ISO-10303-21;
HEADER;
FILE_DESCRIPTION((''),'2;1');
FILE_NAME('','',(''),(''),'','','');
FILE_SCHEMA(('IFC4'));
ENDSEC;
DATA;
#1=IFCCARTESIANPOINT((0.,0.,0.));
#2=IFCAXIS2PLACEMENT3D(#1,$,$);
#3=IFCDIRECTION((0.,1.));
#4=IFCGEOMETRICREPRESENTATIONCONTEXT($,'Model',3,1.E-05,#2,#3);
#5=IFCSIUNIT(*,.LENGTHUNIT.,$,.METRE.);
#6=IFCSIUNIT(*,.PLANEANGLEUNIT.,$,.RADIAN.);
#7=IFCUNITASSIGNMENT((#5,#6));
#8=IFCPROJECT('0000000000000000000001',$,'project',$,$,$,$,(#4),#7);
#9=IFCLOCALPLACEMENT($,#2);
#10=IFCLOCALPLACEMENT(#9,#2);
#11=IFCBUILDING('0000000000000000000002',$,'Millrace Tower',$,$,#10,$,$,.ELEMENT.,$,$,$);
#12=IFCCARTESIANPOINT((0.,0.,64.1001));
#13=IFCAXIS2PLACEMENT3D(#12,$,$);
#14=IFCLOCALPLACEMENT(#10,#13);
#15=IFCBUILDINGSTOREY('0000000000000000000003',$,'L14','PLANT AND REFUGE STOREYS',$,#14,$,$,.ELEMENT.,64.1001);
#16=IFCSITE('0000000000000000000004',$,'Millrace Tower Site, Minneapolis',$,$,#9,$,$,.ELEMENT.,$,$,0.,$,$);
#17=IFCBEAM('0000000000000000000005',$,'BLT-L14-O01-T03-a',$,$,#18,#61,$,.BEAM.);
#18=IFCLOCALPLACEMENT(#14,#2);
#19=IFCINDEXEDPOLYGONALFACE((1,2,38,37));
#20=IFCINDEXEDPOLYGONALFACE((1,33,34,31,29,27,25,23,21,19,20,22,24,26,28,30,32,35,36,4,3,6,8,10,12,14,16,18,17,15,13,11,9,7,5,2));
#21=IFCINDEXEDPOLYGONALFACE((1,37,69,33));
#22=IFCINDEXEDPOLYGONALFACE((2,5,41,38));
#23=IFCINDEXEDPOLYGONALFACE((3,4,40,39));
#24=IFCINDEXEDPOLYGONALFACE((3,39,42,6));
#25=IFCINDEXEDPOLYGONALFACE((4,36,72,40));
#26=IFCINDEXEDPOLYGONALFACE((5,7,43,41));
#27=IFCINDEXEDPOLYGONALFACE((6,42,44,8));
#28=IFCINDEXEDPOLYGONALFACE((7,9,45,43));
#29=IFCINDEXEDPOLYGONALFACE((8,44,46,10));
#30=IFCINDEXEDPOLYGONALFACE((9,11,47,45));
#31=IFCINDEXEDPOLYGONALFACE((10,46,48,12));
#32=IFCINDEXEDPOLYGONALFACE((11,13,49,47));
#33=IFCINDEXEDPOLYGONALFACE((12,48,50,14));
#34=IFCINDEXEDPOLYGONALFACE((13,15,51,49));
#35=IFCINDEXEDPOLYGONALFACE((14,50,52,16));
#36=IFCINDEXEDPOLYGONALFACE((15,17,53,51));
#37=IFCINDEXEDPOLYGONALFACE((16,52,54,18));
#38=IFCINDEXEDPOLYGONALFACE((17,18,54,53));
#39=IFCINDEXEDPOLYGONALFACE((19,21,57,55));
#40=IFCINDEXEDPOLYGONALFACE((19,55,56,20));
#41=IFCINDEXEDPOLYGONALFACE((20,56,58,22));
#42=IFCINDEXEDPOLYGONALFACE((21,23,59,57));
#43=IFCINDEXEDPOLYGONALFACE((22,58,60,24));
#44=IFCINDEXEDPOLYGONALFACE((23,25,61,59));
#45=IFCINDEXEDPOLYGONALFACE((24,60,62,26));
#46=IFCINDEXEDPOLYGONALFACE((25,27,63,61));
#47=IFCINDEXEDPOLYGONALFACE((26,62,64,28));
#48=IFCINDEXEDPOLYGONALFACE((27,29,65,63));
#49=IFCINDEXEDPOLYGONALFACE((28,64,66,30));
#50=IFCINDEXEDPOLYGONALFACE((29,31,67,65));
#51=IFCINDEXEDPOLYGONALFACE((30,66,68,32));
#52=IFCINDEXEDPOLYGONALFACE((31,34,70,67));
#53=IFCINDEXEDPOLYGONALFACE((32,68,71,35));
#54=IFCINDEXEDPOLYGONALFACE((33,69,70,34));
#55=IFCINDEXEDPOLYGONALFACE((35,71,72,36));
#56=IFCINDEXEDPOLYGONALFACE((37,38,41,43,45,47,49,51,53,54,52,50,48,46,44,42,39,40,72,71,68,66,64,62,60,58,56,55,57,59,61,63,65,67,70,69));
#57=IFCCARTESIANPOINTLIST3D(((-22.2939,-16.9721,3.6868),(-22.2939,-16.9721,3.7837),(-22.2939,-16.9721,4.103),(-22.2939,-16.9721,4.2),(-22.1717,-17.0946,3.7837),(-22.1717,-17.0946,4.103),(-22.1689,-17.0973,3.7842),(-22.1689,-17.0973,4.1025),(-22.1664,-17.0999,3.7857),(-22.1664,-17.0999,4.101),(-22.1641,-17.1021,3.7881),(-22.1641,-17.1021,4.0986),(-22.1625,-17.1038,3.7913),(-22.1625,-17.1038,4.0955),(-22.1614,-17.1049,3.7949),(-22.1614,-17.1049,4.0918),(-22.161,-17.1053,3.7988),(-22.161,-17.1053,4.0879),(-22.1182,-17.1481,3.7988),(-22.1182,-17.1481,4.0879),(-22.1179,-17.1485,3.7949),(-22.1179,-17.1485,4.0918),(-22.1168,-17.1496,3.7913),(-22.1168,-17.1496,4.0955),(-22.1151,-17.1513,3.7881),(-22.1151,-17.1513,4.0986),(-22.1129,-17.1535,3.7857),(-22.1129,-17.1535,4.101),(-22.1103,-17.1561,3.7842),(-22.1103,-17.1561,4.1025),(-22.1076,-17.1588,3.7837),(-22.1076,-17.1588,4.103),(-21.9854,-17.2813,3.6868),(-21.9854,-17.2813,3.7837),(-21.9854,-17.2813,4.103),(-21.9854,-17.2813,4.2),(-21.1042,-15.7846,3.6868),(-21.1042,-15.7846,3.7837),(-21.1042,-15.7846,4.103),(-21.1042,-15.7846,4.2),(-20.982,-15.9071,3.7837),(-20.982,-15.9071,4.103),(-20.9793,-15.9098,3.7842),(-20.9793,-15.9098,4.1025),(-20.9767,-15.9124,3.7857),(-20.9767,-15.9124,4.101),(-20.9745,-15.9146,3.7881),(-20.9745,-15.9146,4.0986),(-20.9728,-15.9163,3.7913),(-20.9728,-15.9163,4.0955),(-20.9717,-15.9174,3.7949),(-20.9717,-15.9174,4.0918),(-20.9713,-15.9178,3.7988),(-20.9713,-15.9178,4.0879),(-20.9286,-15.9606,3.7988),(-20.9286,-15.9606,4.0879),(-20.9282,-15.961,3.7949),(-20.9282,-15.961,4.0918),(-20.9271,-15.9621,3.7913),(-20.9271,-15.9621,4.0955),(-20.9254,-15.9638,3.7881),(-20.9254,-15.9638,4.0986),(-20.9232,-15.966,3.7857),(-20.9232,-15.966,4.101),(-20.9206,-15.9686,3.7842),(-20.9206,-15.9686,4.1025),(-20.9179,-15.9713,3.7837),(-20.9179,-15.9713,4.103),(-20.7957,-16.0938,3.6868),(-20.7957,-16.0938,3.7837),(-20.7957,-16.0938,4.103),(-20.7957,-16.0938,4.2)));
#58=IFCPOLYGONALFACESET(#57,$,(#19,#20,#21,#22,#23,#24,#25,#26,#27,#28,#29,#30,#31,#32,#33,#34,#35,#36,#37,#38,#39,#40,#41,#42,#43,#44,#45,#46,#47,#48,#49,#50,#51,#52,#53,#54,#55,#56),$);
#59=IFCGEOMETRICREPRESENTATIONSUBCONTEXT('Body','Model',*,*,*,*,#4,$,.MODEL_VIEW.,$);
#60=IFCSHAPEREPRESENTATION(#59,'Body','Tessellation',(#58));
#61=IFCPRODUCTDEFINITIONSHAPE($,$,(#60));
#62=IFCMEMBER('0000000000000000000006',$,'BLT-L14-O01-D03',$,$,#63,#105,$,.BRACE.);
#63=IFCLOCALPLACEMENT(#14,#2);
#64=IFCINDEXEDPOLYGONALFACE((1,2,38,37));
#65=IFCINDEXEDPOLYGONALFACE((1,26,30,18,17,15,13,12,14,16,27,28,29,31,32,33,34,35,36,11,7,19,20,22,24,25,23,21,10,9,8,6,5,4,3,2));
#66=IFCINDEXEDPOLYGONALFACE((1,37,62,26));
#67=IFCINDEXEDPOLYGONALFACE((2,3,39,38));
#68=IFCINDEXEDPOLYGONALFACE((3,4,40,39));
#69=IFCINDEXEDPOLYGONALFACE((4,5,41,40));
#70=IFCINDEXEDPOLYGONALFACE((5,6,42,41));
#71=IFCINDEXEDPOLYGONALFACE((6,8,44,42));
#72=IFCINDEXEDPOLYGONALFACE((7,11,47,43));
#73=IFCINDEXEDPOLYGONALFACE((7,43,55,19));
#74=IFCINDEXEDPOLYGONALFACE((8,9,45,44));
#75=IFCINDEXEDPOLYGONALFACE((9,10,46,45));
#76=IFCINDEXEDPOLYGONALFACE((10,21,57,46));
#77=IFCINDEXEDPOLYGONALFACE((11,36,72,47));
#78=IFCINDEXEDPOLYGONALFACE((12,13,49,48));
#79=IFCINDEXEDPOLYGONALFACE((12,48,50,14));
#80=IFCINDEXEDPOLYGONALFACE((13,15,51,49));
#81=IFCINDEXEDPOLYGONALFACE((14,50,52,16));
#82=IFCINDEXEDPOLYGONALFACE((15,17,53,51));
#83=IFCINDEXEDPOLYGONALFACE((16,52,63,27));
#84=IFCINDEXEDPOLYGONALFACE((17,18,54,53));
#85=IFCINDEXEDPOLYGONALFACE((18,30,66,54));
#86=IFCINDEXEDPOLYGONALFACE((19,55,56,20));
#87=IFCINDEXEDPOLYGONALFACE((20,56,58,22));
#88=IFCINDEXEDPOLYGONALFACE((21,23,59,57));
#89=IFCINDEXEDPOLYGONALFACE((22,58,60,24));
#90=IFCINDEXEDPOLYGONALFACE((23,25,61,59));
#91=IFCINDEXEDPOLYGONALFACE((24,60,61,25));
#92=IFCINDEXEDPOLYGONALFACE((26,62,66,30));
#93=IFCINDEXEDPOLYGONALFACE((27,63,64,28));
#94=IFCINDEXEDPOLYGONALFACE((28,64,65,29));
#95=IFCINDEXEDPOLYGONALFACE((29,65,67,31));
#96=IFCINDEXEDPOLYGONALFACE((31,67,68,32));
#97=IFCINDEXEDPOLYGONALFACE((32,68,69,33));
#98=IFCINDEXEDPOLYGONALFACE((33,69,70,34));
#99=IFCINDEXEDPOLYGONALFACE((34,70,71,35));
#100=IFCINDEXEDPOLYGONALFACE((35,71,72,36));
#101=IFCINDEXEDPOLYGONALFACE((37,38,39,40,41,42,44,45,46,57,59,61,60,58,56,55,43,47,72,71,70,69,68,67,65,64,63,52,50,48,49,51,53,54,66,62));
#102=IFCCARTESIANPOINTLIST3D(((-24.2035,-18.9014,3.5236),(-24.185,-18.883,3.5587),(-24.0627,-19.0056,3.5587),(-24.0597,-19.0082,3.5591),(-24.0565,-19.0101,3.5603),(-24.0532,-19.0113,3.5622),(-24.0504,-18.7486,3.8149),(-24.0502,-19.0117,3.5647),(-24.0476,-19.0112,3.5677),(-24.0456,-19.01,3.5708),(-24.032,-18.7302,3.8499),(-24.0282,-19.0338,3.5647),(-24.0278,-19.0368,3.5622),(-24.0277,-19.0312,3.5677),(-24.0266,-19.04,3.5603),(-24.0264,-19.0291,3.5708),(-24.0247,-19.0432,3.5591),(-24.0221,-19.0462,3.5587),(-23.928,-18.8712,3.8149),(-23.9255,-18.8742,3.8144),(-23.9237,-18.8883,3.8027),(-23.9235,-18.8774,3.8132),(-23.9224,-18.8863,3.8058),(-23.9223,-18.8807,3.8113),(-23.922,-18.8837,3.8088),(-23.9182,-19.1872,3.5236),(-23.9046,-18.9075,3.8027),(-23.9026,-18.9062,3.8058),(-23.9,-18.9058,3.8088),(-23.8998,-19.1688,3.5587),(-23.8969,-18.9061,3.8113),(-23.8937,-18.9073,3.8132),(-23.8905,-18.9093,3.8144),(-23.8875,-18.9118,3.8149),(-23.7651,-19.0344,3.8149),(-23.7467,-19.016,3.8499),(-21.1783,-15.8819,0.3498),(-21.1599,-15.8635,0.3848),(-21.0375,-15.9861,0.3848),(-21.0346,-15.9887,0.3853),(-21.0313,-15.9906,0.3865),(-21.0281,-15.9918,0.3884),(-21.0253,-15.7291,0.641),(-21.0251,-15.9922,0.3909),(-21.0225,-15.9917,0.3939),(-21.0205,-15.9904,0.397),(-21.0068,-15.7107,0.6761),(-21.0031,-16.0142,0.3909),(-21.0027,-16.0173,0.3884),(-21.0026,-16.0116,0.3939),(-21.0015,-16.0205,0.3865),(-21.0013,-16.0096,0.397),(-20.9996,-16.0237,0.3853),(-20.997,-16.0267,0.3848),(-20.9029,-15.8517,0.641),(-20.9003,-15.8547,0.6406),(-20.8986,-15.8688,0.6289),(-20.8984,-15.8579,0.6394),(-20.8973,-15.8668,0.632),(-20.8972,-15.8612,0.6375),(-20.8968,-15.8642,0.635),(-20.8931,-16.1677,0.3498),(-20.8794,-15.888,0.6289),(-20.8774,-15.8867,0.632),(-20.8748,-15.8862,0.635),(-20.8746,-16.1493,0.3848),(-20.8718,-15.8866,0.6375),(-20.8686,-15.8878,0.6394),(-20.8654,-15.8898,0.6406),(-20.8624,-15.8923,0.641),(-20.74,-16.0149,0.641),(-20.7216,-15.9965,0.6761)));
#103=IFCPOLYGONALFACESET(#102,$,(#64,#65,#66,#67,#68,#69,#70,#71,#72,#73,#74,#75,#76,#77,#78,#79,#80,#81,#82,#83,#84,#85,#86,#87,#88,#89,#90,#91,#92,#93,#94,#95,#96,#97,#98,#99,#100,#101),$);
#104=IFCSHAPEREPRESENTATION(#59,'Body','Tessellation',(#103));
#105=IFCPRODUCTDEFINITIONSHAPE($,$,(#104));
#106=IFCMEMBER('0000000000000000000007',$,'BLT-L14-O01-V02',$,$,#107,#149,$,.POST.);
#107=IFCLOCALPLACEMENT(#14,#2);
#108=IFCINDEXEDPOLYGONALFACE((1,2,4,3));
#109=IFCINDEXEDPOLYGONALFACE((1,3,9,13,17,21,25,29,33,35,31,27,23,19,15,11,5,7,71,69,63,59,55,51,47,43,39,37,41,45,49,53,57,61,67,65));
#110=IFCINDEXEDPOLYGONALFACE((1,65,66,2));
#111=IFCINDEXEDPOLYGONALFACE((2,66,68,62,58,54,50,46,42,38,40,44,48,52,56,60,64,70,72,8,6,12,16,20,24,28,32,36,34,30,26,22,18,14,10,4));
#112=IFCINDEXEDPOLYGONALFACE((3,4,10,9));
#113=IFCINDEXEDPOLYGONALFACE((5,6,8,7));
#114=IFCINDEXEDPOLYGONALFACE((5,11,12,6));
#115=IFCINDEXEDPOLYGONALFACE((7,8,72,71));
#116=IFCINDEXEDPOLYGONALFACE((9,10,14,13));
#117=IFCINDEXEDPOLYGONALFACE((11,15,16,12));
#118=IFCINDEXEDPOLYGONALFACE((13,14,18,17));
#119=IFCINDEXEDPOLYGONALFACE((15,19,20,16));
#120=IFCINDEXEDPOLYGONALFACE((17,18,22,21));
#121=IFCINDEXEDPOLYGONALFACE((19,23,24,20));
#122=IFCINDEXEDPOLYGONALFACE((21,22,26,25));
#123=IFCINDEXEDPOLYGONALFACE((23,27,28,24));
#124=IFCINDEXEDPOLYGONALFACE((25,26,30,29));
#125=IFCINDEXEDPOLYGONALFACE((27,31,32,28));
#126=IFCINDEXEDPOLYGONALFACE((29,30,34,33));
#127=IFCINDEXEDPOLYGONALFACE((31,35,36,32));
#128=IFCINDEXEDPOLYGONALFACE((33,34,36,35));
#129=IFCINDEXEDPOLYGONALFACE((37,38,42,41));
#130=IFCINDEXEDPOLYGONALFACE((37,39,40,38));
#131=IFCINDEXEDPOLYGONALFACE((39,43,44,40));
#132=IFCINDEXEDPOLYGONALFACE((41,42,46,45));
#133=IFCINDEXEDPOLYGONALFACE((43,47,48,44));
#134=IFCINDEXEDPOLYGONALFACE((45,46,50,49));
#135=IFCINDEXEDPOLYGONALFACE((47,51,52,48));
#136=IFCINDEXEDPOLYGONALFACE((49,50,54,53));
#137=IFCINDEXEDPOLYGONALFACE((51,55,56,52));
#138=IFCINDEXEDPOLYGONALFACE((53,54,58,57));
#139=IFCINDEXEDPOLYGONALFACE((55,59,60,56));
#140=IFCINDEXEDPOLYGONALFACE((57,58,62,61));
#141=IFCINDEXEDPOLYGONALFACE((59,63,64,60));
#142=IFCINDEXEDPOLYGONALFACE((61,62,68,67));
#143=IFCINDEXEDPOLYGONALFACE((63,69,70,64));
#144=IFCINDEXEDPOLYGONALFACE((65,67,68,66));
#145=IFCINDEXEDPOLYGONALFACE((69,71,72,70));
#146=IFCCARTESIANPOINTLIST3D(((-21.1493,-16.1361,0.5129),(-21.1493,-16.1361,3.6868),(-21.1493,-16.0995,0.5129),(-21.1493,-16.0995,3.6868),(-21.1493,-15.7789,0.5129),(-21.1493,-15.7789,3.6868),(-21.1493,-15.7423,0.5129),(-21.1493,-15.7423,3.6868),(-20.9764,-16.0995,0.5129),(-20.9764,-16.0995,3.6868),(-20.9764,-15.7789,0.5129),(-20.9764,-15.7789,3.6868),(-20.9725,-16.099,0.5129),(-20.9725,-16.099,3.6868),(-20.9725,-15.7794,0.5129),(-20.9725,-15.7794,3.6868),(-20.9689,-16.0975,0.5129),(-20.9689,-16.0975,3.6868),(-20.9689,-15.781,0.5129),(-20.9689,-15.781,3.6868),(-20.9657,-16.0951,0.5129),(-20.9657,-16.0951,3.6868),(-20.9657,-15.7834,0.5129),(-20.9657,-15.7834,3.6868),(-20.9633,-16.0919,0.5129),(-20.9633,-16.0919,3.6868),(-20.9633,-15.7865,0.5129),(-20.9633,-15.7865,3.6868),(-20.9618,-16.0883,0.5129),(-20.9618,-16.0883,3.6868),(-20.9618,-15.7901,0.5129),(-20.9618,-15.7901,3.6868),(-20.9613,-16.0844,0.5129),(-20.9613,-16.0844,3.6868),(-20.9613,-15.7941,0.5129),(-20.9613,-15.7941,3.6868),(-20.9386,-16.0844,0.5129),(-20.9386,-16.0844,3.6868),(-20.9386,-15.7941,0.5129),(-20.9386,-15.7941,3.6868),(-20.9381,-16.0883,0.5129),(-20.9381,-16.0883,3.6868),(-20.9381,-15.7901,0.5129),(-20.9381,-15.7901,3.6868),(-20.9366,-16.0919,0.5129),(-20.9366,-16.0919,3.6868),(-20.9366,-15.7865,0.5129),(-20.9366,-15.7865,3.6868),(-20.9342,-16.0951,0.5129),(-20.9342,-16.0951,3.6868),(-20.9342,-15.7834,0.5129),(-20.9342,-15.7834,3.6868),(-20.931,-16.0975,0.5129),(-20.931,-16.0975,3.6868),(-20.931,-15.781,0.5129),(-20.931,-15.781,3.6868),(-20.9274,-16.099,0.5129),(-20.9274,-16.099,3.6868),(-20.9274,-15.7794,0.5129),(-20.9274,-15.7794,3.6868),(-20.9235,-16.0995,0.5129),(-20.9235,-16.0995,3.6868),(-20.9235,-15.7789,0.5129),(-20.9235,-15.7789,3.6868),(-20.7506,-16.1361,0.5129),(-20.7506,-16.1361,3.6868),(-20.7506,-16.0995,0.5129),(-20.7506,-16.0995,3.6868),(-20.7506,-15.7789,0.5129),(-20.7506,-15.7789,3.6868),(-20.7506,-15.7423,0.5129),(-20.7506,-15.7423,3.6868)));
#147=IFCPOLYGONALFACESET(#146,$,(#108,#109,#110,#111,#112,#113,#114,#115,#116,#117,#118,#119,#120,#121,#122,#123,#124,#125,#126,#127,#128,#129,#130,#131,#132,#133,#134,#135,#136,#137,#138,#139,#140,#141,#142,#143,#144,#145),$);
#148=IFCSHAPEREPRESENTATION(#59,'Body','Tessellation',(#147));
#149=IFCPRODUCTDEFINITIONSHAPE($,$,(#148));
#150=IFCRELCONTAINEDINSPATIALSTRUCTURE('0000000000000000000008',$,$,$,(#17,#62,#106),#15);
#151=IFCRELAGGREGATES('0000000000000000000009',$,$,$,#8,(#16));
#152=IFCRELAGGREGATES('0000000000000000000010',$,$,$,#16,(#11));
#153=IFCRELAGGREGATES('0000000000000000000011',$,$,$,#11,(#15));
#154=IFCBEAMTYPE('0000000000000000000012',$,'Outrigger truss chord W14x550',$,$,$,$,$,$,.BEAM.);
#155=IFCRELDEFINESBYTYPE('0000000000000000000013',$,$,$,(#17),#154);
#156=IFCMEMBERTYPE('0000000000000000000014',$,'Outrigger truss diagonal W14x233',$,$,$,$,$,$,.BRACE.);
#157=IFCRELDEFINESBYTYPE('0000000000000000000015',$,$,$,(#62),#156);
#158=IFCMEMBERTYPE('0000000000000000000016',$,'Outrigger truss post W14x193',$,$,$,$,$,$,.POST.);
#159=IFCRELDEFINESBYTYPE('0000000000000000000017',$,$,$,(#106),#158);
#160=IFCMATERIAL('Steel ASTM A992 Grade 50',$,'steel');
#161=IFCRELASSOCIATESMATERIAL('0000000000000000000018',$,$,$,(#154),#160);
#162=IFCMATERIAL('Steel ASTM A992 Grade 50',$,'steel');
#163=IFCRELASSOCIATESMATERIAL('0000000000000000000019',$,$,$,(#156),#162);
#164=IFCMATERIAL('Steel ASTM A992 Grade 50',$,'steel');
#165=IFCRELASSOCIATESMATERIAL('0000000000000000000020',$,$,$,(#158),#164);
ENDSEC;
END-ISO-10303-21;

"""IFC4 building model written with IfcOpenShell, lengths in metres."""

from ifc_helpers import new_model, si_unit, direction, frame, origin, origin_2d, place, context, subcontext, project, spatial, i_section, extrude, material, material_profile, profile_set, type_object, element, save


model = new_model("IFC4")

# Units and contexts
model_context = context("Model", 3, precision=1e-05, world=origin(), true_north=direction((0.0, 1.0)))
body_context = subcontext(model_context, "Body", "Model", "MODEL_VIEW")
ifc_project = project(units=[si_unit("LENGTHUNIT", "METRE"), si_unit("PLANEANGLEUNIT", "RADIAN")], contexts=[model_context])

# Site, building, storey
site_placement = place(None, origin())
site = spatial("IfcSite", under=ifc_project, at=site_placement, Name="Millrace Tower Site, Minneapolis", CompositionType="ELEMENT", RefElevation=0.0)
building_placement = place(site_placement, origin())
building = spatial("IfcBuilding", under=site, at=building_placement, Name="Millrace Tower", CompositionType="ELEMENT")
storey_placement = place(building_placement, frame((0.0, 0.0, 64.1001)))
storey = spatial("IfcBuildingStorey", under=building, at=storey_placement, Name="L14", Description="PLANT AND REFUGE STOREYS", CompositionType="ELEMENT", Elevation=64.1001)

# Beam
ifc_material_1 = material(Name="Steel ASTM A992 Grade 50", Category="steel")
ifc_material_profile_1 = material_profile(ifc_material_1, i_section(OverallWidth=0.4368, OverallDepth=0.5132, WebThickness=0.0605, FlangeThickness=0.0969, FilletRadius=0.0151, at=origin_2d()))
ifc_profile_set_1 = profile_set([ifc_material_profile_1], Name="Steel ASTM A992 Grade 50")
beam_type_1 = type_object("IfcBeamType", Name="Outrigger truss chord W14x550", PredefinedType="BEAM", material=ifc_profile_set_1)
beam_1_placement = place(storey_placement, frame((-20.95, -15.9392, 3.9434), z_axis=(-0.70776, -0.706453, 0.0), x_axis=(0.706453, -0.70776, 0.0)))
element("IfcBeam", 1, at=beam_1_placement, inside=storey, type_object=beam_type_1, Name="BLT-L14-O01-T03-a", PredefinedType="BEAM", context=body_context, shape_type="SweptSolid", body=[
    extrude(i_section(OverallWidth=0.4368, OverallDepth=0.5132, WebThickness=0.0605, FlangeThickness=0.0969, FilletRadius=0.0151, at=origin_2d()), origin(), (0.0, 0.0, 1.0), 1.6809),
])

# Members
ifc_material_2 = material(Name="Steel ASTM A992 Grade 50", Category="steel")
ifc_material_profile_2 = material_profile(ifc_material_2, i_section(OverallWidth=0.4038, OverallDepth=0.4065, WebThickness=0.0271, FlangeThickness=0.0437, FilletRadius=0.0151, at=origin_2d()))
ifc_profile_set_2 = profile_set([ifc_material_profile_2], Name="Steel ASTM A992 Grade 50")
member_type_1 = type_object("IfcMemberType", Name="Outrigger truss diagonal W14x233", PredefinedType="BRACE", material=ifc_profile_set_2)
member_1_placement = place(storey_placement, frame((-20.95, -15.9392, 0.5129), z_axis=(-0.568237, -0.567182, 0.596165), x_axis=(0.70645, -0.707763, 0.0)))
element("IfcMember", 2, at=member_1_placement, inside=storey, type_object=member_type_1, Name="BLT-L14-O01-D03", PredefinedType="BRACE", context=body_context, shape_type="SweptSolid", body=[
    extrude(i_section(OverallWidth=0.4038, OverallDepth=0.4065, WebThickness=0.0271, FlangeThickness=0.0437, FilletRadius=0.0151, at=origin_2d()), origin(), (0.0, 0.0, 1.0), 5.3237),
])
ifc_material_3 = material(Name="Steel ASTM A992 Grade 50", Category="steel")
ifc_material_profile_3 = material_profile(ifc_material_3, i_section(OverallWidth=0.3987, OverallDepth=0.3938, WebThickness=0.0227, FlangeThickness=0.0366, FilletRadius=0.0151, at=origin_2d()))
ifc_profile_set_3 = profile_set([ifc_material_profile_3], Name="Steel ASTM A992 Grade 50")
member_type_2 = type_object("IfcMemberType", Name="Outrigger truss post W14x193", PredefinedType="POST", material=ifc_profile_set_3)
member_2_placement = place(storey_placement, frame((-20.95, -15.9392, 0.5129), z_axis=(0.0, 0.0, 1.0), x_axis=(1.0, 0.0, 0.0)))
element("IfcMember", 3, at=member_2_placement, inside=storey, type_object=member_type_2, Name="BLT-L14-O01-V02", PredefinedType="POST", context=body_context, shape_type="SweptSolid", body=[
    extrude(i_section(OverallWidth=0.3987, OverallDepth=0.3938, WebThickness=0.0227, FlangeThickness=0.0366, FilletRadius=0.0151, at=origin_2d()), origin(), (0.0, 0.0, 1.0), 3.1738),
])

save(model, "model.ifc")
